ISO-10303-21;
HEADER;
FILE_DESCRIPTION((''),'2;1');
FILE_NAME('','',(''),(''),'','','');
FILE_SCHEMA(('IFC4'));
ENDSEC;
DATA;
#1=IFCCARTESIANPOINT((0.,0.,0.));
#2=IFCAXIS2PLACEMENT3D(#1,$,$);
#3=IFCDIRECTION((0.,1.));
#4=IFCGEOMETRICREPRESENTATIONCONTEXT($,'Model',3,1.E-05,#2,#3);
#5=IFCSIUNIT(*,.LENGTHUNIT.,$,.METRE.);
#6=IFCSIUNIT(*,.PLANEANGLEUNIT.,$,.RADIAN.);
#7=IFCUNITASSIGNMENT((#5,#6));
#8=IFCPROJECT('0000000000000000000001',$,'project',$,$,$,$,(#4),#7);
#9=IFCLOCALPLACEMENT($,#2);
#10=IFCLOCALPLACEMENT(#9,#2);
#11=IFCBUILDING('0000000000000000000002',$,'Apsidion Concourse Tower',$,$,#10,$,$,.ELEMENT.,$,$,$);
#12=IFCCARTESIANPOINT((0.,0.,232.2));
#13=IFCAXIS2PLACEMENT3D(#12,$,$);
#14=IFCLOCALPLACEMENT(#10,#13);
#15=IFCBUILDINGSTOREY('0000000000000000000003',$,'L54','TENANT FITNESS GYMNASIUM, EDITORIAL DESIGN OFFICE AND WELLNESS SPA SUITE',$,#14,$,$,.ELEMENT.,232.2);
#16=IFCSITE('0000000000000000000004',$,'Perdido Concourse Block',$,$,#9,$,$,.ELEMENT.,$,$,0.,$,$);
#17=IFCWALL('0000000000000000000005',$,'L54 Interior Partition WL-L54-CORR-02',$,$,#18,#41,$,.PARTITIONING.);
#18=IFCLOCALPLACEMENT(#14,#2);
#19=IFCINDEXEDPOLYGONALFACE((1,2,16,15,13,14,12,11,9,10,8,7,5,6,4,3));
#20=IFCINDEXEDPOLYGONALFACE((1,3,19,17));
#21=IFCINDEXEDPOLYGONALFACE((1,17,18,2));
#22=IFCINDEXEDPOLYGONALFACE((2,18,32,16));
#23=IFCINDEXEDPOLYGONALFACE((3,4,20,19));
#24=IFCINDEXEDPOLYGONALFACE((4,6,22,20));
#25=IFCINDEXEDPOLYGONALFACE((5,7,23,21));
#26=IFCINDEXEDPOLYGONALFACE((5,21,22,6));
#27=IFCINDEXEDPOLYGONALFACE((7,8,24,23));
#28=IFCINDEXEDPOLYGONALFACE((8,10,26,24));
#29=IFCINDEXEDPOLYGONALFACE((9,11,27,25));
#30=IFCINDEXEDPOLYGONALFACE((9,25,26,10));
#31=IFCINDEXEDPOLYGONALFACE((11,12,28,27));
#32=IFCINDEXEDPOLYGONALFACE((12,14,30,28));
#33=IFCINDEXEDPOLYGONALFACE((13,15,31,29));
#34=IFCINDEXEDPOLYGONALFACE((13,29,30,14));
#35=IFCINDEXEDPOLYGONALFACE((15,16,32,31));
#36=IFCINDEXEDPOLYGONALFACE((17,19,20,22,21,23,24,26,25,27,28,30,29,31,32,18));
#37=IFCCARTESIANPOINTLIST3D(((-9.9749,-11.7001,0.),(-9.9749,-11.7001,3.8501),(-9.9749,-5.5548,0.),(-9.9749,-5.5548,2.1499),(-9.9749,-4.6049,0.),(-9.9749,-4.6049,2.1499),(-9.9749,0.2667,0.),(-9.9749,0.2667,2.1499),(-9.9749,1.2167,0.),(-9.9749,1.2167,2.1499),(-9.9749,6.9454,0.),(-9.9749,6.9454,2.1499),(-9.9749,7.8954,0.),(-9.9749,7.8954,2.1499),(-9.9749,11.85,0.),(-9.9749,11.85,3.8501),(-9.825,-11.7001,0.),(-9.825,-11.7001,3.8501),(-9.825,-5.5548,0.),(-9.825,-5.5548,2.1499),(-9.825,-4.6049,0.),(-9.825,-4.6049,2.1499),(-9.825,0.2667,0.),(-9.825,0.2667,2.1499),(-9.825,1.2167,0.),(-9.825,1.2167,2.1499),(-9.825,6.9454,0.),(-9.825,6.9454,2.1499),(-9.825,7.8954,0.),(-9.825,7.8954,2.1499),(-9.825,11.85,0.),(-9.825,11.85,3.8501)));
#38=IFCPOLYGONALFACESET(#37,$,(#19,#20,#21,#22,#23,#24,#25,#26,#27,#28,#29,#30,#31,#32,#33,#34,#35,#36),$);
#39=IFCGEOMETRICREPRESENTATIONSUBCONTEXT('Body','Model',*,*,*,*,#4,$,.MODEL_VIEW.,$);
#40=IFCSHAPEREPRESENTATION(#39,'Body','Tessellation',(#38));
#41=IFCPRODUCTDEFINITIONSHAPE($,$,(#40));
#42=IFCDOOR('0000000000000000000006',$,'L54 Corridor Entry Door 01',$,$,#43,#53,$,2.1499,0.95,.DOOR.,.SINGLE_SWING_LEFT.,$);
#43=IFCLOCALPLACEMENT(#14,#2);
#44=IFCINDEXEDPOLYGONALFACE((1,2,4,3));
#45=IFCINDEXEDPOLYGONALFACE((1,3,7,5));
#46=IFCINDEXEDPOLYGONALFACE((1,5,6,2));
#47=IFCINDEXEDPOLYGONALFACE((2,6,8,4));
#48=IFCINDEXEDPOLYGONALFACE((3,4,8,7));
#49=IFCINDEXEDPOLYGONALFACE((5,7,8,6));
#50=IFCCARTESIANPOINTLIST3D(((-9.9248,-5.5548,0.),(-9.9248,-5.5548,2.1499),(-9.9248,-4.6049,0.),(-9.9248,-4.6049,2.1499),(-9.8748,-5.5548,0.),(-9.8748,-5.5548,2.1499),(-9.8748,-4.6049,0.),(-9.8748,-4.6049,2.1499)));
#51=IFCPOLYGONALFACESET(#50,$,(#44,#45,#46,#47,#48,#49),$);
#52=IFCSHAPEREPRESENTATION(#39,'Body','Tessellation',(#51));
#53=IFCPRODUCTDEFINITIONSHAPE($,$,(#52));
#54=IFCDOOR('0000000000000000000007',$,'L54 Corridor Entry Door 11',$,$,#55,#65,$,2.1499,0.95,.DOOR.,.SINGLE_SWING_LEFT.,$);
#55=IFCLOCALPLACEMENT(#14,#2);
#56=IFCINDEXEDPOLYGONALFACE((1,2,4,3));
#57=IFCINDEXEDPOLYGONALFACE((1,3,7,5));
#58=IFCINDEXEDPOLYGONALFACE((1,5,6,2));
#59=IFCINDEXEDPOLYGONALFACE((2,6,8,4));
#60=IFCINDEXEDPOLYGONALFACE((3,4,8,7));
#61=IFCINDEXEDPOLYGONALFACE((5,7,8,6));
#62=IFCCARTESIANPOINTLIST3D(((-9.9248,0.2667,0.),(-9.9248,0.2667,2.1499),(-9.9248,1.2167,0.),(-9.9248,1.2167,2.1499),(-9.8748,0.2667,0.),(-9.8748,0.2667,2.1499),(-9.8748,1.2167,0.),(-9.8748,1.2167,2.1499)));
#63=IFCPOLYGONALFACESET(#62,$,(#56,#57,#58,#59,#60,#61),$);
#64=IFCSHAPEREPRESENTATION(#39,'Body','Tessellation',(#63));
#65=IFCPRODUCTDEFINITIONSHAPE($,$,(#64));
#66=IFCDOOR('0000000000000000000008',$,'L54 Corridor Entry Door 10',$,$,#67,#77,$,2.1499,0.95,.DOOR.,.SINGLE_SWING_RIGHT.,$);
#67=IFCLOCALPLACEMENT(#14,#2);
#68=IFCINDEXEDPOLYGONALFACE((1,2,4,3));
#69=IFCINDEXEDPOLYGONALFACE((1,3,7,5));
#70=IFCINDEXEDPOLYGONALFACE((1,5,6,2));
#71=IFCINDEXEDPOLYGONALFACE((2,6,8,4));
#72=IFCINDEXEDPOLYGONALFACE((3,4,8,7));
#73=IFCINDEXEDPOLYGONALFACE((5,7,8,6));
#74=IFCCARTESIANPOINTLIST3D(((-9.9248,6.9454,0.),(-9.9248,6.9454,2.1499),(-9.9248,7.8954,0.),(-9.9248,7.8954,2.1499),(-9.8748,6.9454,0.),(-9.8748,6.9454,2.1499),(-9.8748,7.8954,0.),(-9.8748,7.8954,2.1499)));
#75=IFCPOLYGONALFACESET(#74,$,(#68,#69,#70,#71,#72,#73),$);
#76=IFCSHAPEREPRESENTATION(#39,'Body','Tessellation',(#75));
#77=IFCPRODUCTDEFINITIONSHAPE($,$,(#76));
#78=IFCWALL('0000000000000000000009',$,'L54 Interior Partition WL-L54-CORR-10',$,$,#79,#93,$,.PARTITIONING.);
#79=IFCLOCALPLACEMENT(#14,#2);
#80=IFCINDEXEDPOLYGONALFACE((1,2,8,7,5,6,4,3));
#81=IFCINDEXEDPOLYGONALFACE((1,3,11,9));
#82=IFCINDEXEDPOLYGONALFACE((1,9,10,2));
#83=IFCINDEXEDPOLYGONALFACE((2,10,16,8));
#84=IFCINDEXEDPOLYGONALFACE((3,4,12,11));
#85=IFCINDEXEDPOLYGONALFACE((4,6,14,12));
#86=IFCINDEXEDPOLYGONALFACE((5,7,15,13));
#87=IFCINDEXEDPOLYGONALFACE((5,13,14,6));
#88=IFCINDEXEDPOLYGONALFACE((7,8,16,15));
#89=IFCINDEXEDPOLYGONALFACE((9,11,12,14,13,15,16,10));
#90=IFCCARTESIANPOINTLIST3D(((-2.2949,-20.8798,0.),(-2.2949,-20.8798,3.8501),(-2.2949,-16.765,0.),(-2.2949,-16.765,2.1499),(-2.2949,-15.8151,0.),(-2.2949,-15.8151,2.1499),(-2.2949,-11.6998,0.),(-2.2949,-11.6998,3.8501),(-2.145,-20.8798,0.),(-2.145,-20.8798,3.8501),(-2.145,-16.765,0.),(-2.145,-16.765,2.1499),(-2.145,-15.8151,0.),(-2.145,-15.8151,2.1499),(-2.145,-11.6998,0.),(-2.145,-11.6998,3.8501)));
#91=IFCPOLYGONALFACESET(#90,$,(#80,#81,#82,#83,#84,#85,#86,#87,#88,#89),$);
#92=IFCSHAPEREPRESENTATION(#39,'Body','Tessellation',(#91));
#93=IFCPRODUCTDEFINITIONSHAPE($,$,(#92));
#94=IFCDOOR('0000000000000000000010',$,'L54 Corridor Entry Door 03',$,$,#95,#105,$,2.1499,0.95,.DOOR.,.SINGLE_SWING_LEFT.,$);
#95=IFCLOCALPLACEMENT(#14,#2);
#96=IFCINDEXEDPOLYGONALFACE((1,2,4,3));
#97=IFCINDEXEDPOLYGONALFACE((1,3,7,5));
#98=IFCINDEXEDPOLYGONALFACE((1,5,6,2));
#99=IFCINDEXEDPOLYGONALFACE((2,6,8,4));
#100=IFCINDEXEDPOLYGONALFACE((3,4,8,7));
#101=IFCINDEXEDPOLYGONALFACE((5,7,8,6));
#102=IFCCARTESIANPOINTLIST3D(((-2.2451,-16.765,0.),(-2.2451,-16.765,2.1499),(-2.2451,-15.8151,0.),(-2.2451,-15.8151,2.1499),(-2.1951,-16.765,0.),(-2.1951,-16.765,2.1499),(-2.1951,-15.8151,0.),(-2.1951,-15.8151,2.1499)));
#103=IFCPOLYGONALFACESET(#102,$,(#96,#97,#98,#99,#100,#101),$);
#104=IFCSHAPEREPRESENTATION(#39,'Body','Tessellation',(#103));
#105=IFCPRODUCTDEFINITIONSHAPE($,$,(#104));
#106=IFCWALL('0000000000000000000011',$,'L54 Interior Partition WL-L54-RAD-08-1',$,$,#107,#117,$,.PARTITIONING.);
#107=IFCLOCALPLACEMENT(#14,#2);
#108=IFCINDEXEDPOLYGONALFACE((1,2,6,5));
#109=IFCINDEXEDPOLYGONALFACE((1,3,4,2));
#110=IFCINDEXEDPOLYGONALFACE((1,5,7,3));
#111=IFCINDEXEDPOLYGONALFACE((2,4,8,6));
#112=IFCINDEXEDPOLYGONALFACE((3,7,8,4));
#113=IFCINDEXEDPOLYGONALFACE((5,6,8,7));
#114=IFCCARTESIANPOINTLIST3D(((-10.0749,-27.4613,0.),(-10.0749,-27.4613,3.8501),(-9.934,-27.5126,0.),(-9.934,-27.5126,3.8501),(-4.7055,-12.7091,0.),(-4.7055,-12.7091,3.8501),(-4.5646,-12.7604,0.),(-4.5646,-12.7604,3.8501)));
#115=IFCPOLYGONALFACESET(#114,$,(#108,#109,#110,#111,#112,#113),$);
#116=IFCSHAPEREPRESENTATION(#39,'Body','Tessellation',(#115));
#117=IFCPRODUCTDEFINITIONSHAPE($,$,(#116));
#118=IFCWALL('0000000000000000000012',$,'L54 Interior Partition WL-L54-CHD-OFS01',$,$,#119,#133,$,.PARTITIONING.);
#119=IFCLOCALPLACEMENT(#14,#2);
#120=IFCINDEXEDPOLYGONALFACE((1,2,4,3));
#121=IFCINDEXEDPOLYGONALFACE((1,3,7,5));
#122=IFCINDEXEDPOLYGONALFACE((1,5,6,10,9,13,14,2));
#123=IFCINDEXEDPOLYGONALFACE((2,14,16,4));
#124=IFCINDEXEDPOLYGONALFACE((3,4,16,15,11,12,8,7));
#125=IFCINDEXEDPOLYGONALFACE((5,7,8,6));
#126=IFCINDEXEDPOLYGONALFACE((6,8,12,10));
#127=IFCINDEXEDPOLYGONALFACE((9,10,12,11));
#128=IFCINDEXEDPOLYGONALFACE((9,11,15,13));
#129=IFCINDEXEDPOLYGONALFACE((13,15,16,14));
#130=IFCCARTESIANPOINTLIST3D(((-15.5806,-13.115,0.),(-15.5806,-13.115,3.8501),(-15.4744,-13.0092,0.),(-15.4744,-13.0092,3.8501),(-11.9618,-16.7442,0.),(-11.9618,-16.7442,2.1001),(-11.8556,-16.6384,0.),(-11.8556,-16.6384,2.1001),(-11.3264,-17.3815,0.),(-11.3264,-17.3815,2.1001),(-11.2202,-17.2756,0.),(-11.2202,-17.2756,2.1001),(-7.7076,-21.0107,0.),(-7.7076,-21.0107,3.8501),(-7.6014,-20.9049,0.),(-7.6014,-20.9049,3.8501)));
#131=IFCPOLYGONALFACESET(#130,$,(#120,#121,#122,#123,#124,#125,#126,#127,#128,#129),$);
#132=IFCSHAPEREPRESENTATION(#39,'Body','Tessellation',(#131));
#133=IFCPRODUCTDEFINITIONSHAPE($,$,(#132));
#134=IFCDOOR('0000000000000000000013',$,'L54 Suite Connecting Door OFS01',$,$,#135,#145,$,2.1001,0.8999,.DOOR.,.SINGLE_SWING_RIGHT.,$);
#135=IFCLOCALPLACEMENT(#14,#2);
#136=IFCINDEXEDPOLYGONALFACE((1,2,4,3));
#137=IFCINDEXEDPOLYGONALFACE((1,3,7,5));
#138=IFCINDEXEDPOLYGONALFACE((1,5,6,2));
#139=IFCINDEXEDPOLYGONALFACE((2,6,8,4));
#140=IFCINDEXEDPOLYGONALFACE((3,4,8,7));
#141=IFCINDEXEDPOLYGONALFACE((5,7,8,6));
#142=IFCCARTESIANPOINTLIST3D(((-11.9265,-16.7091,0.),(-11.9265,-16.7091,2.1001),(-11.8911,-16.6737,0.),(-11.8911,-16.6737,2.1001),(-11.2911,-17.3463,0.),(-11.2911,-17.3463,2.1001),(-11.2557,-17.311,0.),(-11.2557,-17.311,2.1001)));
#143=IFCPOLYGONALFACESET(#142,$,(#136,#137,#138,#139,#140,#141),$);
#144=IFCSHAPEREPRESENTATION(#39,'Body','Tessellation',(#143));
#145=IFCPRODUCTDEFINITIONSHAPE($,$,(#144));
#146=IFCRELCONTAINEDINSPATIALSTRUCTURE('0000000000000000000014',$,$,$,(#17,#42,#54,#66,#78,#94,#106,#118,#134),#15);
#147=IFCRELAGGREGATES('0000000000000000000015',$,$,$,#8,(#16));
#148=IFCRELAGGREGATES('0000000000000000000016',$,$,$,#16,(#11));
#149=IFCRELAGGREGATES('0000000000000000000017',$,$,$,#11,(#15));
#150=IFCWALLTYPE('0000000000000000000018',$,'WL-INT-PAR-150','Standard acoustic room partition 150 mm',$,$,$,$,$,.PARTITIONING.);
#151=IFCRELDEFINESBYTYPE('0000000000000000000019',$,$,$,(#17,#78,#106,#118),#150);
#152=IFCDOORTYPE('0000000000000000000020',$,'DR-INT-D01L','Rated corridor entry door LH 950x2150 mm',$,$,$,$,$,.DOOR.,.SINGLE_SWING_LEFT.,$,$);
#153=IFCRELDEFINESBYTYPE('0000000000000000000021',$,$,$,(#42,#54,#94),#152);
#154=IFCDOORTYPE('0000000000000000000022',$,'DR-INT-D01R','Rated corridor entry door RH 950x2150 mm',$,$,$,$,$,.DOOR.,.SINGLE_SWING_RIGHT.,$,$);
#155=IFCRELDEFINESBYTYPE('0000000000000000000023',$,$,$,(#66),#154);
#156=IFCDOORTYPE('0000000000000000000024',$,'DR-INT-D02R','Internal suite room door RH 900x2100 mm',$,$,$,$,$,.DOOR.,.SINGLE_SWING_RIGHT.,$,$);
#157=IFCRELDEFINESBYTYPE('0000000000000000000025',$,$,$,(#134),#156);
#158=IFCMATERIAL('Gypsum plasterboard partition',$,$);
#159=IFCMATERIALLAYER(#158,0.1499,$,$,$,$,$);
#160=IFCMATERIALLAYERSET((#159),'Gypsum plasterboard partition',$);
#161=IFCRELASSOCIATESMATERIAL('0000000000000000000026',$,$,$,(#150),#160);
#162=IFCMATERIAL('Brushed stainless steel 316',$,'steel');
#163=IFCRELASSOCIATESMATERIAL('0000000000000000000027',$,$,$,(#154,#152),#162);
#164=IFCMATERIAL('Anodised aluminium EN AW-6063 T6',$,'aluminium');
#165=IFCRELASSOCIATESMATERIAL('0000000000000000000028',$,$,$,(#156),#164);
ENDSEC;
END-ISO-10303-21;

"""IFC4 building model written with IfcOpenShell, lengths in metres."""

from ifc_helpers import new_model, si_unit, direction, frame, frame_2d, origin, place, context, subcontext, project, spatial, rectangle, extrude, material, layer, layer_set, type_object, element, fill, save


model = new_model("IFC4")

# Units and contexts
model_context = context("Model", 3, precision=1e-05, world=origin(), true_north=direction((0.0, 1.0)))
body_context = subcontext(model_context, "Body", "Model", "MODEL_VIEW")
ifc_project = project(units=[si_unit("LENGTHUNIT", "METRE"), si_unit("PLANEANGLEUNIT", "RADIAN")], contexts=[model_context])

# Site, building, storey
site_placement = place(None, origin())
site = spatial("IfcSite", under=ifc_project, at=site_placement, Name="Perdido Concourse Block", CompositionType="ELEMENT", RefElevation=0.0)
building_placement = place(site_placement, origin())
building = spatial("IfcBuilding", under=site, at=building_placement, Name="Apsidion Concourse Tower", CompositionType="ELEMENT")
storey_placement = place(building_placement, frame((0.0, 0.0, 232.2)))
storey = spatial("IfcBuildingStorey", under=building, at=storey_placement, Name="L54", Description="TENANT FITNESS GYMNASIUM, EDITORIAL DESIGN OFFICE AND WELLNESS SPA SUITE", CompositionType="ELEMENT", Elevation=232.2)

# Shared definitions
ifc_material_1 = material(Name="Gypsum plasterboard partition")
ifc_layer = layer(ifc_material_1, 0.1499)
ifc_layer_set = layer_set([ifc_layer], Name="Gypsum plasterboard partition")
wall_type = type_object("IfcWallType", Name="WL-INT-PAR-150", Description="Standard acoustic room partition 150 mm", PredefinedType="PARTITIONING", material=ifc_layer_set)
ifc_material_2 = material(Name="Brushed stainless steel 316", Category="steel")
door_type_1 = type_object("IfcDoorType", Name="DR-INT-D01R", Description="Rated corridor entry door RH 950x2150 mm", OperationType="SINGLE_SWING_RIGHT", PredefinedType="DOOR", material=ifc_material_2)

# Wall, openings, doors
wall_1_placement = place(storey_placement, frame((-9.8999, -11.7, 0.0), z_axis=(0.0, 0.0, 1.0), x_axis=(0.0, 1.0, 0.0)))
wall_1 = element("IfcWall", 1, at=wall_1_placement, inside=storey, type_object=wall_type, Name="L54 Interior Partition WL-L54-CORR-02", PredefinedType="PARTITIONING", context=body_context, shape_type="SweptSolid", body=[
    extrude(rectangle(XDim=23.55, YDim=0.1499, at=frame_2d((11.7749, 0.0))), origin(), (0.0, 0.0, 1.0), 3.8501),
])
opening_1_placement = place(wall_1_placement, frame((6.145, 0.0, 0.0)))
opening_1 = element("IfcOpeningElement", 2, at=opening_1_placement, cuts=wall_1, PredefinedType="OPENING", context=body_context, shape_type="SweptSolid", body=[
    extrude(rectangle(XDim=0.95, YDim=2.1499, at=frame_2d((0.4751, 1.075))), frame((0.0, 0.085, 0.0), z_axis=(0.0, -1.0, 0.0), x_axis=(1.0, 0.0, 0.0)), (0.0, 0.0, 1.0), 0.1699),
])
opening_2_placement = place(wall_1_placement, frame((18.6453, 0.0, 0.0)))
opening_2 = element("IfcOpeningElement", 3, at=opening_2_placement, cuts=wall_1, PredefinedType="OPENING", context=body_context, shape_type="SweptSolid", body=[
    extrude(rectangle(XDim=0.95, YDim=2.1499, at=frame_2d((0.4751, 1.075))), frame((0.0, 0.085, 0.0), z_axis=(0.0, -1.0, 0.0), x_axis=(1.0, 0.0, 0.0)), (0.0, 0.0, 1.0), 0.1699),
])
opening_3_placement = place(wall_1_placement, frame((11.9666, 0.0, 0.0)))
opening_3 = element("IfcOpeningElement", 4, at=opening_3_placement, cuts=wall_1, PredefinedType="OPENING", context=body_context, shape_type="SweptSolid", body=[
    extrude(rectangle(XDim=0.95, YDim=2.1499, at=frame_2d((0.4751, 1.075))), frame((0.0, 0.085, 0.0), z_axis=(0.0, -1.0, 0.0), x_axis=(1.0, 0.0, 0.0)), (0.0, 0.0, 1.0), 0.1699),
])
door_type_2 = type_object("IfcDoorType", Name="DR-INT-D01L", Description="Rated corridor entry door LH 950x2150 mm", OperationType="SINGLE_SWING_LEFT", PredefinedType="DOOR", material=ifc_material_2)
door_1_placement = place(opening_1_placement, origin())
door_1 = element("IfcDoor", 5, at=door_1_placement, inside=storey, type_object=door_type_2, Name="L54 Corridor Entry Door 01", OperationType="SINGLE_SWING_LEFT", OverallHeight=2.1499, OverallWidth=0.95, PredefinedType="DOOR", context=body_context, shape_type="SweptSolid", body=[
    extrude(rectangle(XDim=0.95, YDim=2.1499, at=frame_2d((0.4751, 1.075))), frame((0.0, 0.0249, 0.0), z_axis=(0.0, -1.0, 0.0), x_axis=(1.0, 0.0, 0.0)), (0.0, 0.0, 1.0), 0.05),
])
fill(opening_1, door_1)
door_2_placement = place(opening_3_placement, origin())
door_2 = element("IfcDoor", 6, at=door_2_placement, inside=storey, type_object=door_type_2, Name="L54 Corridor Entry Door 11", OperationType="SINGLE_SWING_LEFT", OverallHeight=2.1499, OverallWidth=0.95, PredefinedType="DOOR", context=body_context, shape_type="SweptSolid", body=[
    extrude(rectangle(XDim=0.95, YDim=2.1499, at=frame_2d((0.4751, 1.075))), frame((0.0, 0.0249, 0.0), z_axis=(0.0, -1.0, 0.0), x_axis=(1.0, 0.0, 0.0)), (0.0, 0.0, 1.0), 0.05),
])
fill(opening_3, door_2)
door_3_placement = place(opening_2_placement, origin())
door_3 = element("IfcDoor", 7, at=door_3_placement, inside=storey, type_object=door_type_1, Name="L54 Corridor Entry Door 10", OperationType="SINGLE_SWING_RIGHT", OverallHeight=2.1499, OverallWidth=0.95, PredefinedType="DOOR", context=body_context, shape_type="SweptSolid", body=[
    extrude(rectangle(XDim=0.95, YDim=2.1499, at=frame_2d((0.4751, 1.075))), frame((0.0, 0.0249, 0.0), z_axis=(0.0, -1.0, 0.0), x_axis=(1.0, 0.0, 0.0)), (0.0, 0.0, 1.0), 0.05),
])
fill(opening_2, door_3)

# Wall, opening, door
wall_2_placement = place(storey_placement, frame((-2.22, -11.7, 0.0), z_axis=(0.0, 0.0, 1.0), x_axis=(0.0, -1.0, 0.0)))
wall_2 = element("IfcWall", 8, at=wall_2_placement, inside=storey, type_object=wall_type, Name="L54 Interior Partition WL-L54-CORR-10", PredefinedType="PARTITIONING", context=body_context, shape_type="SweptSolid", body=[
    extrude(rectangle(XDim=9.1799, YDim=0.1499, at=frame_2d((4.5898, 0.0))), origin(), (0.0, 0.0, 1.0), 3.8501),
])
opening_4_placement = place(wall_2_placement, frame((4.115, 0.0, 0.0)))
opening_4 = element("IfcOpeningElement", 9, at=opening_4_placement, cuts=wall_2, PredefinedType="OPENING", context=body_context, shape_type="SweptSolid", body=[
    extrude(rectangle(XDim=0.95, YDim=2.1499, at=frame_2d((0.4751, 1.075))), frame((0.0, 0.085, 0.0), z_axis=(0.0, -1.0, 0.0), x_axis=(1.0, 0.0, 0.0)), (0.0, 0.0, 1.0), 0.1699),
])
door_4_placement = place(opening_4_placement, origin())
door_4 = element("IfcDoor", 10, at=door_4_placement, inside=storey, type_object=door_type_2, Name="L54 Corridor Entry Door 03", OperationType="SINGLE_SWING_LEFT", OverallHeight=2.1499, OverallWidth=0.95, PredefinedType="DOOR", context=body_context, shape_type="SweptSolid", body=[
    extrude(rectangle(XDim=0.95, YDim=2.1499, at=frame_2d((0.4751, 1.075))), frame((0.0, 0.0249, 0.0), z_axis=(0.0, -1.0, 0.0), x_axis=(1.0, 0.0, 0.0)), (0.0, 0.0, 1.0), 0.05),
])
fill(opening_4, door_4)

# Wall
wall_3_placement = place(storey_placement, frame((-4.635, -12.7346, 0.0), z_axis=(0.0, 0.0, 1.0), x_axis=(-0.342021, -0.939692, 0.0)))
element("IfcWall", 11, at=wall_3_placement, inside=storey, type_object=wall_type, Name="L54 Interior Partition WL-L54-RAD-08-1", PredefinedType="PARTITIONING", context=body_context, shape_type="SweptSolid", body=[
    extrude(rectangle(XDim=15.699, YDim=0.1499, at=frame_2d((7.8496, 0.0))), origin(), (0.0, 0.0, 1.0), 3.8501),
])

# Wall, opening, door
wall_4_placement = place(storey_placement, frame((-15.5276, -13.062, 0.0), z_axis=(0.0, 0.0, 1.0), x_axis=(0.706088, -0.708124, 0.0)))
wall_4 = element("IfcWall", 12, at=wall_4_placement, inside=storey, type_object=wall_type, Name="L54 Interior Partition WL-L54-CHD-OFS01", PredefinedType="PARTITIONING", context=body_context, shape_type="SweptSolid", body=[
    extrude(rectangle(XDim=11.1501, YDim=0.1499, at=frame_2d((5.5752, 0.0))), origin(), (0.0, 0.0, 1.0), 3.8501),
])
opening_5_placement = place(wall_4_placement, frame((5.1252, 0.0, 0.0)))
opening_5 = element("IfcOpeningElement", 13, at=opening_5_placement, cuts=wall_4, PredefinedType="OPENING", context=body_context, shape_type="SweptSolid", body=[
    extrude(rectangle(XDim=0.8999, YDim=2.1001, at=frame_2d((0.45, 1.05))), frame((0.0, 0.085, 0.0), z_axis=(0.0, -1.0, 0.0), x_axis=(1.0, 0.0, 0.0)), (0.0, 0.0, 1.0), 0.1699),
])
ifc_material_3 = material(Name="Anodised aluminium EN AW-6063 T6", Category="aluminium")
door_type_3 = type_object("IfcDoorType", Name="DR-INT-D02R", Description="Internal suite room door RH 900x2100 mm", OperationType="SINGLE_SWING_RIGHT", PredefinedType="DOOR", material=ifc_material_3)
door_5_placement = place(opening_5_placement, origin())
door_5 = element("IfcDoor", 14, at=door_5_placement, inside=storey, type_object=door_type_3, Name="L54 Suite Connecting Door OFS01", OperationType="SINGLE_SWING_RIGHT", OverallHeight=2.1001, OverallWidth=0.8999, PredefinedType="DOOR", context=body_context, shape_type="SweptSolid", body=[
    extrude(rectangle(XDim=0.8999, YDim=2.1001, at=frame_2d((0.45, 1.05))), frame((0.0, 0.0249, 0.0), z_axis=(0.0, -1.0, 0.0), x_axis=(1.0, 0.0, 0.0)), (0.0, 0.0, 1.0), 0.05),
])
fill(opening_5, door_5)

save(model, "model.ifc")
